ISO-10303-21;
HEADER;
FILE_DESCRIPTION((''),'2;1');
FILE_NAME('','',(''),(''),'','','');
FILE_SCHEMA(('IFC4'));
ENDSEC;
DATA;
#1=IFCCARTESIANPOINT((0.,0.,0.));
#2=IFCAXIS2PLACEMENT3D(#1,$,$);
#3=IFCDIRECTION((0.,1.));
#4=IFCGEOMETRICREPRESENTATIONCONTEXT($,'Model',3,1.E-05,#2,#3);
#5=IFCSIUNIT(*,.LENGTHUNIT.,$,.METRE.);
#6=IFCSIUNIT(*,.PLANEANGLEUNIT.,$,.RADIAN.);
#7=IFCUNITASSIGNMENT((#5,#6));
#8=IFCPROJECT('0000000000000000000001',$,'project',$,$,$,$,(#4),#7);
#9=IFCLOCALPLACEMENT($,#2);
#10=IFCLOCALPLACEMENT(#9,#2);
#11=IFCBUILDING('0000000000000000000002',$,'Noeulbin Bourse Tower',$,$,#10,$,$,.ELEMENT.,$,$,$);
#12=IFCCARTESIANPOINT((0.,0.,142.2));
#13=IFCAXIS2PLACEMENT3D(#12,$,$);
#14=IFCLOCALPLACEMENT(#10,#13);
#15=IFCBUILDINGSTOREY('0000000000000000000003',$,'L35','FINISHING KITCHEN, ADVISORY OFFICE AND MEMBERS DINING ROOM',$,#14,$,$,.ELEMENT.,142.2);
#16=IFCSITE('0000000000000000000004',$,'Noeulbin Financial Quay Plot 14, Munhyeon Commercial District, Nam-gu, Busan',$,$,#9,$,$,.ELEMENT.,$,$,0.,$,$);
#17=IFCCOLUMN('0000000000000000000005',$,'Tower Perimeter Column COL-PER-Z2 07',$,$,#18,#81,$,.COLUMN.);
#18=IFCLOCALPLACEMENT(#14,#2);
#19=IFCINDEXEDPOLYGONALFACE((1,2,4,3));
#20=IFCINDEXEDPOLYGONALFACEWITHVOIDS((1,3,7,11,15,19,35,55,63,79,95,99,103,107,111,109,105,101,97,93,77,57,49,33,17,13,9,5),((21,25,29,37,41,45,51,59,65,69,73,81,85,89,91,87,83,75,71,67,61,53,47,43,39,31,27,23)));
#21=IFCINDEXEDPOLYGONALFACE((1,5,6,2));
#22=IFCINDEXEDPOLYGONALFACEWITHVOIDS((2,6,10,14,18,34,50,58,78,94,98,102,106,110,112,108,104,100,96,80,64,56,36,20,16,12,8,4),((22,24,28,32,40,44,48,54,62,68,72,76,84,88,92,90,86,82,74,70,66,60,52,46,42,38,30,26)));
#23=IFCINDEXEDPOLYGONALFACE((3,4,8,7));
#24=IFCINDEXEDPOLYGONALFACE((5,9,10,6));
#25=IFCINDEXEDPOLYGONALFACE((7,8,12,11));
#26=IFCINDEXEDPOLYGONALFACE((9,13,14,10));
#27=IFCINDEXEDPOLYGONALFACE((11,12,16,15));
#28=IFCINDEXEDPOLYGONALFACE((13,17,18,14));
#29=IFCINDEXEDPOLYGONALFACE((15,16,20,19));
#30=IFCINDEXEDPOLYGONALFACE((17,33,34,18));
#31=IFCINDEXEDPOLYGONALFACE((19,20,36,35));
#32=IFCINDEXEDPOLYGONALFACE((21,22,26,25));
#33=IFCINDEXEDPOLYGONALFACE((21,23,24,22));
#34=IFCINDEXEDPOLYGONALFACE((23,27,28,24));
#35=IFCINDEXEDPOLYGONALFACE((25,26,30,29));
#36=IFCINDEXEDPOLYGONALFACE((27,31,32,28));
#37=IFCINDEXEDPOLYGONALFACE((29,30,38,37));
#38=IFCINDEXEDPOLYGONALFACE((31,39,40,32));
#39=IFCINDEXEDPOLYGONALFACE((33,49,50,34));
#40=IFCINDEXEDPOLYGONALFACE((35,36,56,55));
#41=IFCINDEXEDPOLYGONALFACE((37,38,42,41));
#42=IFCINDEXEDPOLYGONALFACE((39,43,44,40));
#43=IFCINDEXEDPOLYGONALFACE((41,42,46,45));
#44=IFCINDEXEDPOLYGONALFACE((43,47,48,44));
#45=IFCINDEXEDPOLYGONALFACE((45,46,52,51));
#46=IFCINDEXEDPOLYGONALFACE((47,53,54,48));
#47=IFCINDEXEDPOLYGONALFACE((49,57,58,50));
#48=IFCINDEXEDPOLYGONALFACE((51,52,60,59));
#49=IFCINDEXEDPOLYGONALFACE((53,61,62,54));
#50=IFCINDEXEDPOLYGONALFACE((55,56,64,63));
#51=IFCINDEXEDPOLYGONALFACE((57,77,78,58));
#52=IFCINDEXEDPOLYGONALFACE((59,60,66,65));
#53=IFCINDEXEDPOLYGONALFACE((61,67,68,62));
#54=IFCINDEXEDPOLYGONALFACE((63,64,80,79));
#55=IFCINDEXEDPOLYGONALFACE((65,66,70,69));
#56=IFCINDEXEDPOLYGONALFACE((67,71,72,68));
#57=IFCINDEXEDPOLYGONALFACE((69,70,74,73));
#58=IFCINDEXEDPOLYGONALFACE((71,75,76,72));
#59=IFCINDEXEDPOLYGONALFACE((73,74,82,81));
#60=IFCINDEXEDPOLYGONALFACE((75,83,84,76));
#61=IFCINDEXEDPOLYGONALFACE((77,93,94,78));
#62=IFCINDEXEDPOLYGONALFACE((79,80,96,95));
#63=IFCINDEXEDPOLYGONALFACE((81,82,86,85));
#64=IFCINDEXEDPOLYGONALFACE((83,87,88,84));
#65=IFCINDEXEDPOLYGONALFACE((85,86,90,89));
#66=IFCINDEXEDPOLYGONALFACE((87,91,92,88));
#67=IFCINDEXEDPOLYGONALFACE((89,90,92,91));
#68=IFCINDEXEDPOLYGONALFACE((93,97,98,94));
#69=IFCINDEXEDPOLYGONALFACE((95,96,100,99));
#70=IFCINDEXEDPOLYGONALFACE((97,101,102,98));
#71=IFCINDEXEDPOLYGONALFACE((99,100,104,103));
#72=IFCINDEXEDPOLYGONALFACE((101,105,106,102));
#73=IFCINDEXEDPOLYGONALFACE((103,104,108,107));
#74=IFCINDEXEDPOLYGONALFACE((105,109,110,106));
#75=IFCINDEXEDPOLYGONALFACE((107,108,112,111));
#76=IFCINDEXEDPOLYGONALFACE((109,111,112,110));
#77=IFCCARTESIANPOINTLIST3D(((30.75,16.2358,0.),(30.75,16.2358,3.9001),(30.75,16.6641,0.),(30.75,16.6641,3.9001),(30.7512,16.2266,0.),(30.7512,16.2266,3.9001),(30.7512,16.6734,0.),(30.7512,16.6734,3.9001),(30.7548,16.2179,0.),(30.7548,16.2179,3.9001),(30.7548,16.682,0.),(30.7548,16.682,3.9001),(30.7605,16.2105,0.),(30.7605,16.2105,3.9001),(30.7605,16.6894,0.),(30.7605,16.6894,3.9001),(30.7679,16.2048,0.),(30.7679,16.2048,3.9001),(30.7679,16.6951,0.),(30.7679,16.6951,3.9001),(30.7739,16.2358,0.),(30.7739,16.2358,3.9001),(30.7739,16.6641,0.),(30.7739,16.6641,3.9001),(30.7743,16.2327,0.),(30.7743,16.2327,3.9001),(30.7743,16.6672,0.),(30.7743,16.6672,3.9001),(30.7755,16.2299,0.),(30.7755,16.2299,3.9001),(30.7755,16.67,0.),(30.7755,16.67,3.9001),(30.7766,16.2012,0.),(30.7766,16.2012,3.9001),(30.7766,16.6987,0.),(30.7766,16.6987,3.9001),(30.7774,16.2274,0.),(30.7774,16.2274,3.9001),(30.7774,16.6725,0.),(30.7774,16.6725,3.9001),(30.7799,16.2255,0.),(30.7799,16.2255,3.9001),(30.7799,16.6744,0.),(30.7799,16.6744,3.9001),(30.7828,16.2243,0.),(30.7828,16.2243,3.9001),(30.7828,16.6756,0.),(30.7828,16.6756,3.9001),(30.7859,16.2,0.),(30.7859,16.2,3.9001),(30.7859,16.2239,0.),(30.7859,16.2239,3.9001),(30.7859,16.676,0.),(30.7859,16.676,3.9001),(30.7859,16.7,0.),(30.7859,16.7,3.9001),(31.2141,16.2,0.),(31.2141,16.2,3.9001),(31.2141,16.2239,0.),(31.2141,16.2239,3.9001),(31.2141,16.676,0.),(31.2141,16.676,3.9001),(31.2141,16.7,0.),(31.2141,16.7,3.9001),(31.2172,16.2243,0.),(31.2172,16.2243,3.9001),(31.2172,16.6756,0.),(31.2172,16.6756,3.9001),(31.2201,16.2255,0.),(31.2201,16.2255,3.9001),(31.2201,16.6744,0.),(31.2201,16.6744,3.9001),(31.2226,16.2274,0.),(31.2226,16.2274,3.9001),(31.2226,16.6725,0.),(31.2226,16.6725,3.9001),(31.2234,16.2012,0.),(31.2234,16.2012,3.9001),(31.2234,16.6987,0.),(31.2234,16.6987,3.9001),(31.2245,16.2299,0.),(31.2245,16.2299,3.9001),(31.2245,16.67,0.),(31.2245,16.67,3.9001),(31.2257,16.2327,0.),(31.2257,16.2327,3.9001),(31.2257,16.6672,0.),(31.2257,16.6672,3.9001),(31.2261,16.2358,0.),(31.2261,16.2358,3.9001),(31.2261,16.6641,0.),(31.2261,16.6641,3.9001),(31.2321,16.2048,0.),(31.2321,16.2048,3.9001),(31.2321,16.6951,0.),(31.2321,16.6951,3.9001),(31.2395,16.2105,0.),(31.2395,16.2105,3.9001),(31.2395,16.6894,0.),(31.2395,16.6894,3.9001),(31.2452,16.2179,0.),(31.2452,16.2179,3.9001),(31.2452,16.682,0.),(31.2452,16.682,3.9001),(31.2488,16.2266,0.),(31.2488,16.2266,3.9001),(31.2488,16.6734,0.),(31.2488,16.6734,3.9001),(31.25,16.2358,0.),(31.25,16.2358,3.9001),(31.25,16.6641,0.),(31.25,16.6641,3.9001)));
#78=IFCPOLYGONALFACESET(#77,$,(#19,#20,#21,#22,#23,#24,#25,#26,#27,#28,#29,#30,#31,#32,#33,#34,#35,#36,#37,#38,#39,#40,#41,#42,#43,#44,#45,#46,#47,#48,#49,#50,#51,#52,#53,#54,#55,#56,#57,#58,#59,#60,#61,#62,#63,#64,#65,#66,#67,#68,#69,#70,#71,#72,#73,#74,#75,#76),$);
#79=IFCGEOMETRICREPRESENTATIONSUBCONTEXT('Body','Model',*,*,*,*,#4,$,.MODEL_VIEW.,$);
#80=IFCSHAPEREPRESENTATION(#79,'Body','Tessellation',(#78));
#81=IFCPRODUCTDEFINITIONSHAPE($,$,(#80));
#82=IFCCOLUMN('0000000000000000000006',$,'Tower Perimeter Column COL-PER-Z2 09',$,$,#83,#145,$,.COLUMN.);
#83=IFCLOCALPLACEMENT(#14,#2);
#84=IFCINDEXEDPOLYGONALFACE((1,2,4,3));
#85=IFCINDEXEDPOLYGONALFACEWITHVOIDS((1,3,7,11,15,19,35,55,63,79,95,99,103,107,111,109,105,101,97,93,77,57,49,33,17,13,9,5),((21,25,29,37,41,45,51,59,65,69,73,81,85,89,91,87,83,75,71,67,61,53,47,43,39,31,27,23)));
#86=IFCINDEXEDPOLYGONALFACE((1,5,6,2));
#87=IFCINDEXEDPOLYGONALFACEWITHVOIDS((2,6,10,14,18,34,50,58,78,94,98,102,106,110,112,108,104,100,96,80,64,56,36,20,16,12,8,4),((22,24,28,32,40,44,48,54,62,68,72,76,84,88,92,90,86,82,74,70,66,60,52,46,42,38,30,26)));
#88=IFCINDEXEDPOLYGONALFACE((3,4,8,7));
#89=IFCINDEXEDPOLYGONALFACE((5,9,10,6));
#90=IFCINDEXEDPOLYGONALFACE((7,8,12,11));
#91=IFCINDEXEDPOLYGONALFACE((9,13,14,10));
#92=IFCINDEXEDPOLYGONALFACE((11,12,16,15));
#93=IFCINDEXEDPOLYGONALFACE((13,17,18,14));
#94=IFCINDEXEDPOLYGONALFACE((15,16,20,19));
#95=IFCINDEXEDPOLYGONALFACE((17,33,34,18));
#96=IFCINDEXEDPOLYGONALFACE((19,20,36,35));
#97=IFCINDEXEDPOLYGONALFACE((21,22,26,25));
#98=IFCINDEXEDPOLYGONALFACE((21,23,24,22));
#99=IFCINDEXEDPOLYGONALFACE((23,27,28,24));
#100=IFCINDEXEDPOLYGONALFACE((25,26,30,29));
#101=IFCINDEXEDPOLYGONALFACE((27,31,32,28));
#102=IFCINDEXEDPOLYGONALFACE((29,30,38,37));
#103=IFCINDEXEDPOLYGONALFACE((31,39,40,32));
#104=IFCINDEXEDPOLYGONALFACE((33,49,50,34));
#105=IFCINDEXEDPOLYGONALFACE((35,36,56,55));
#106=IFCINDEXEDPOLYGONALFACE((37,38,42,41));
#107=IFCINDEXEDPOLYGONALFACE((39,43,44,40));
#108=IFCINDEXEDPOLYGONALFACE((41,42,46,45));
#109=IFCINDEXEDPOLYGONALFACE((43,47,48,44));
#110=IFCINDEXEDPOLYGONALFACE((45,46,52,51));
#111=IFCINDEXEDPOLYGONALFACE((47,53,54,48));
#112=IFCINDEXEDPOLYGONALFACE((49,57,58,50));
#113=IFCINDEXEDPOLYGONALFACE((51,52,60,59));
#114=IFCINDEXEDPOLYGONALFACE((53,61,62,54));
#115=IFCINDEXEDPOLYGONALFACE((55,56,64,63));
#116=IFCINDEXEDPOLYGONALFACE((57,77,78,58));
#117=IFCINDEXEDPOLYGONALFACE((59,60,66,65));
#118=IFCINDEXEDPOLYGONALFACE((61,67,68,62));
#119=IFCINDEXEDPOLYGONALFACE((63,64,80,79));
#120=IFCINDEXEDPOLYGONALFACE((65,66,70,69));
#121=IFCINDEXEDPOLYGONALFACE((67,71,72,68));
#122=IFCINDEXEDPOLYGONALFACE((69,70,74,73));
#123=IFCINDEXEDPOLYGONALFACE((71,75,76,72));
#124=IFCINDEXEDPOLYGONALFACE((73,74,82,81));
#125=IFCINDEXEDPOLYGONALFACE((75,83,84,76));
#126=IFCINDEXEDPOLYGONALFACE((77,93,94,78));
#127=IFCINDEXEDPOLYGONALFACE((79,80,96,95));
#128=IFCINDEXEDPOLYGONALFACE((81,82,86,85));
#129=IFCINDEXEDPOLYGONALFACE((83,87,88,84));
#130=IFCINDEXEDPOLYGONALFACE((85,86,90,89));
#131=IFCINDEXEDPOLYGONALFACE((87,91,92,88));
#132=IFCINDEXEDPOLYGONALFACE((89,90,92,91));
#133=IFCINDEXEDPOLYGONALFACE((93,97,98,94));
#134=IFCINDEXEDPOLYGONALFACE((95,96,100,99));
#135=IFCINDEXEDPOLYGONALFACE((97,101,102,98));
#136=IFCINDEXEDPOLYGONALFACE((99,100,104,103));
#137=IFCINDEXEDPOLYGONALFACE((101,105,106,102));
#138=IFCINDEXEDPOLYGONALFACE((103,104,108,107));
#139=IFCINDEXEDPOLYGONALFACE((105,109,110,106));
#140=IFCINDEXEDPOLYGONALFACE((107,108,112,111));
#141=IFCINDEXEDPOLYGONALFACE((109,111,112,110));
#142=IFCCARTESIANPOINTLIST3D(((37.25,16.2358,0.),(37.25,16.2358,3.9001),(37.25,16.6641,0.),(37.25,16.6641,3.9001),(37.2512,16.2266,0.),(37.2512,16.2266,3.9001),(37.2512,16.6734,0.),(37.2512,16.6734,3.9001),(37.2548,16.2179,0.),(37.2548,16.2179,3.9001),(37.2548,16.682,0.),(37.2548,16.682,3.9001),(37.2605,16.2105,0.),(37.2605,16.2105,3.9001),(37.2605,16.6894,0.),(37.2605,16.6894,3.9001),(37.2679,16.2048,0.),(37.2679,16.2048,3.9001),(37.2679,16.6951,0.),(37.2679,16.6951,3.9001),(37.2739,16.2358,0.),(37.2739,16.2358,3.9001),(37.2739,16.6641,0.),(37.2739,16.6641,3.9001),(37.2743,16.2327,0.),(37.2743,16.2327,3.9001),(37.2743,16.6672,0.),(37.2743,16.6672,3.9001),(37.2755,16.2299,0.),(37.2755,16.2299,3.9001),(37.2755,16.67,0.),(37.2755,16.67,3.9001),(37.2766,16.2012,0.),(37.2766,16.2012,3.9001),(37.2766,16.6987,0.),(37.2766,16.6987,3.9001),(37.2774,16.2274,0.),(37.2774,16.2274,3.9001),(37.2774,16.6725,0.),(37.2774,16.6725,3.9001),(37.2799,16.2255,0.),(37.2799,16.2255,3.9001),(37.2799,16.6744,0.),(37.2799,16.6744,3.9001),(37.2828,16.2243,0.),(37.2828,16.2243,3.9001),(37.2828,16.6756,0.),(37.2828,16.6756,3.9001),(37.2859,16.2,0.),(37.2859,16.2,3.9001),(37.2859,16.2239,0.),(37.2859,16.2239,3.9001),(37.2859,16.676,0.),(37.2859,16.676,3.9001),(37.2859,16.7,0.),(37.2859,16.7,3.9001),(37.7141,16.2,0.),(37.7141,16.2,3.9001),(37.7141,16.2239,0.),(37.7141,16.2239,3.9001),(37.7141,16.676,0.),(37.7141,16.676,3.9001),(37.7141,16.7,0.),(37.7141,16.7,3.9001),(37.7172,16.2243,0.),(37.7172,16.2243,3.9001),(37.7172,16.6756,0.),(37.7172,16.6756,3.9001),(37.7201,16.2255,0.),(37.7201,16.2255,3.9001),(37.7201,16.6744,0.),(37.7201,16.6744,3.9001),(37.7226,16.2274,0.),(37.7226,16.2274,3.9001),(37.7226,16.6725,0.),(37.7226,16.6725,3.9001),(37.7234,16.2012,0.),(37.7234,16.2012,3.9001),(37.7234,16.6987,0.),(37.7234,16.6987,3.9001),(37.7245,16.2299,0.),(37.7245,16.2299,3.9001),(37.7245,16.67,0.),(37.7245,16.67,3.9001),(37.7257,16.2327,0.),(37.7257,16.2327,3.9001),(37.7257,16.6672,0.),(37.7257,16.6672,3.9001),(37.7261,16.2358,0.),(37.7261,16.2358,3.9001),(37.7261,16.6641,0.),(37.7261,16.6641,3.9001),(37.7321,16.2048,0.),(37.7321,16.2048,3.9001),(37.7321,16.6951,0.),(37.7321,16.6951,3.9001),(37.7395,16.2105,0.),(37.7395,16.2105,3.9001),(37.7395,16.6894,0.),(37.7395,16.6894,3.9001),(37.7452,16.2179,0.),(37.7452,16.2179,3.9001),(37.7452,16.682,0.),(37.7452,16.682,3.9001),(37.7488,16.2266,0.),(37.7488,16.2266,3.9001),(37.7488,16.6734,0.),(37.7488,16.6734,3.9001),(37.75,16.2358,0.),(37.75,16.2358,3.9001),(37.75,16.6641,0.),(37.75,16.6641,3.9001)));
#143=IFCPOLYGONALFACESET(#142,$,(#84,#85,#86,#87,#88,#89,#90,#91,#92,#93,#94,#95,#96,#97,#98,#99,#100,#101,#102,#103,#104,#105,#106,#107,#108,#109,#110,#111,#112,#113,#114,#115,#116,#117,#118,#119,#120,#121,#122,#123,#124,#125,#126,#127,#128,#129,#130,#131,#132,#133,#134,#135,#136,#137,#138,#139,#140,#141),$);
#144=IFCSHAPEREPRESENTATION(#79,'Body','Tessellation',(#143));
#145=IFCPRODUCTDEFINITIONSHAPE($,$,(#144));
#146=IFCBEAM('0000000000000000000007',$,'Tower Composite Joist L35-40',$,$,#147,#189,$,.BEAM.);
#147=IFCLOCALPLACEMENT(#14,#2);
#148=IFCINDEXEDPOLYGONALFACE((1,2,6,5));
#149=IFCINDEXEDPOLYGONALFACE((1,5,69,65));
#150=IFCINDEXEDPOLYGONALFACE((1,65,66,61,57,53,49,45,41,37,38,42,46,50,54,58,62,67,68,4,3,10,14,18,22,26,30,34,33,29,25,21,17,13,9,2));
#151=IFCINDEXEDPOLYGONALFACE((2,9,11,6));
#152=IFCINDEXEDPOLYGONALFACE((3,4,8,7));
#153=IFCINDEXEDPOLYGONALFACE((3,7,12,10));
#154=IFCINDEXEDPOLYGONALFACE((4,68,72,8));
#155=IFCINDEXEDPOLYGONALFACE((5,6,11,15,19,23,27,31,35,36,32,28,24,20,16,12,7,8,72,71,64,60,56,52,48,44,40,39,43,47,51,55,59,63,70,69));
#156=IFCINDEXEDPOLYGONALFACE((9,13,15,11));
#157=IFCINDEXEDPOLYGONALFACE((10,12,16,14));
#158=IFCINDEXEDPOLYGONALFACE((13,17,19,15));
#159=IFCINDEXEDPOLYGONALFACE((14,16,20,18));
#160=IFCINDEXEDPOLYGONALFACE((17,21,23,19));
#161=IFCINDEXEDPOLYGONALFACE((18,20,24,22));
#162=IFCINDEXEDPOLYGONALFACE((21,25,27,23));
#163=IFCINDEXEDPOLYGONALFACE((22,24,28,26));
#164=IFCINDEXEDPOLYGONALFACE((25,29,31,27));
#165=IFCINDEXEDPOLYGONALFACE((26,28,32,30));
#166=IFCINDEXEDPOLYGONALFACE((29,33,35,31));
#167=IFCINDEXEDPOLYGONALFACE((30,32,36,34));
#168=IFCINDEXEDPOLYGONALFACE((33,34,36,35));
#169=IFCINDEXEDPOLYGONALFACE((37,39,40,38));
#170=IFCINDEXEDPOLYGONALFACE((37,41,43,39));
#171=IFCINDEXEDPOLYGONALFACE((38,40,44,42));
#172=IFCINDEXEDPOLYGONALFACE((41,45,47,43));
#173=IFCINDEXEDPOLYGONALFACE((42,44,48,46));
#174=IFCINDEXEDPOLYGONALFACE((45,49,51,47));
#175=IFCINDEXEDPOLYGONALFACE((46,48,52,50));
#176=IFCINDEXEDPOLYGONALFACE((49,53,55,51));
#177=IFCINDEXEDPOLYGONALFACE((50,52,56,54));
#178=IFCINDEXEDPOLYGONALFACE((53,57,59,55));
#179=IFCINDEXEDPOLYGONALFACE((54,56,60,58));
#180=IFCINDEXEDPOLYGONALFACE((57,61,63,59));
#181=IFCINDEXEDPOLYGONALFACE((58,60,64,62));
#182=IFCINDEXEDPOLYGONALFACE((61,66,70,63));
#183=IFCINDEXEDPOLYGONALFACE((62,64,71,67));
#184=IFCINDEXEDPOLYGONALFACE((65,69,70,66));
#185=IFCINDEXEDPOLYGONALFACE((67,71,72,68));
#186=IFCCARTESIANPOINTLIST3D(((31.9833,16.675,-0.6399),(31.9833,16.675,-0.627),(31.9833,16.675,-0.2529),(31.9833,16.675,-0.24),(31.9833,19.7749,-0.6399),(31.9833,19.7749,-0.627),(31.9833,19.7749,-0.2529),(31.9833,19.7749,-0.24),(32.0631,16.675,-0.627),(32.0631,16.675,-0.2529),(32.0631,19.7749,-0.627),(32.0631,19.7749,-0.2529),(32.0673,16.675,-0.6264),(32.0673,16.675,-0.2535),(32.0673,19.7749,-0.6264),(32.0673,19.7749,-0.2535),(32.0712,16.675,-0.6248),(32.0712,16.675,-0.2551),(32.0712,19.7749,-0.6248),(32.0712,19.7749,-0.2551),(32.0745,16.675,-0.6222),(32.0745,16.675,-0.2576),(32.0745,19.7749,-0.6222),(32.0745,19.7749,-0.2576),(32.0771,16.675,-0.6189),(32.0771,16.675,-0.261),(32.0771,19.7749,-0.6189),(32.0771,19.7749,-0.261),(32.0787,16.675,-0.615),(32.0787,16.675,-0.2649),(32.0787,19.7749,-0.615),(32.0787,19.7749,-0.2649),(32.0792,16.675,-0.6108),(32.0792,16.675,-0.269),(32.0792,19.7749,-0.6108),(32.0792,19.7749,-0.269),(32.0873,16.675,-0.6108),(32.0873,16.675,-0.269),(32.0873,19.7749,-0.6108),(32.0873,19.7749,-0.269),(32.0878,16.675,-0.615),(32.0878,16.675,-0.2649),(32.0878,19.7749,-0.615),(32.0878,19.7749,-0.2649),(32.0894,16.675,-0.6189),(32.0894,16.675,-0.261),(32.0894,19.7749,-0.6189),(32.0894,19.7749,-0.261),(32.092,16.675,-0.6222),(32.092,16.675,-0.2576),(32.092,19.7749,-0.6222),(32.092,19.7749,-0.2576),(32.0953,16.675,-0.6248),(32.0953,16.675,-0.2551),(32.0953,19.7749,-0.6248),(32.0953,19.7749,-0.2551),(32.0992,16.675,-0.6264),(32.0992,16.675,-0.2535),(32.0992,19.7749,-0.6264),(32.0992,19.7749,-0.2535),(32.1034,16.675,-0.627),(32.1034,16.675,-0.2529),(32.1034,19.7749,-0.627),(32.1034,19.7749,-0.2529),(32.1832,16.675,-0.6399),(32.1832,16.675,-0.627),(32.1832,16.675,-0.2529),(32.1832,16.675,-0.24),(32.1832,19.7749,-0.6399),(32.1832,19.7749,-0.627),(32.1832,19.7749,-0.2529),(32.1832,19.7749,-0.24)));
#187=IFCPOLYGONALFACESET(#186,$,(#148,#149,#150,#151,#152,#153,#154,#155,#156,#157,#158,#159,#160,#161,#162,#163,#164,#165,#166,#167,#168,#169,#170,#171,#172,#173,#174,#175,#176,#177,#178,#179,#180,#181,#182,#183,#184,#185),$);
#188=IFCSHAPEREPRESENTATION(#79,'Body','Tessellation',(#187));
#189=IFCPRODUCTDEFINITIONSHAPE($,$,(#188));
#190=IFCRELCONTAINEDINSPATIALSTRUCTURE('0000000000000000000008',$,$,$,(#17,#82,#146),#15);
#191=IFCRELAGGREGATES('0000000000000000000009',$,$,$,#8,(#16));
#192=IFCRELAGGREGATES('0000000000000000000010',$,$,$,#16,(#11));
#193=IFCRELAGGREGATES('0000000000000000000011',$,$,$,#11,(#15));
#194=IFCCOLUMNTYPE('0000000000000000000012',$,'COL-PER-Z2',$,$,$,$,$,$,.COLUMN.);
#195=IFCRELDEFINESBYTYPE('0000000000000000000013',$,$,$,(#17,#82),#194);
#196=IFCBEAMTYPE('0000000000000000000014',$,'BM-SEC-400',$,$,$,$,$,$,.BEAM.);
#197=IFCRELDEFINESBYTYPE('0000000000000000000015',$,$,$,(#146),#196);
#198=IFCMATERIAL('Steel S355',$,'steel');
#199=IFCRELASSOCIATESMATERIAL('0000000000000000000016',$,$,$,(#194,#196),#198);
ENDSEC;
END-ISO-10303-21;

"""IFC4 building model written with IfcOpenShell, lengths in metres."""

from ifc_helpers import new_model, si_unit, direction, frame, origin, origin_2d, place, context, subcontext, project, spatial, hollow_rectangle, i_section, extrude, material, material_profile, profile_set, type_object, element, save


model = new_model("IFC4")

# Units and contexts
model_context = context("Model", 3, precision=1e-05, world=origin(), true_north=direction((0.0, 1.0)))
body_context = subcontext(model_context, "Body", "Model", "MODEL_VIEW")
ifc_project = project(units=[si_unit("LENGTHUNIT", "METRE"), si_unit("PLANEANGLEUNIT", "RADIAN")], contexts=[model_context])

# Site, building, storey
site_placement = place(None, origin())
site = spatial("IfcSite", under=ifc_project, at=site_placement, Name="Noeulbin Financial Quay Plot 14, Munhyeon Commercial District, Nam-gu, Busan", CompositionType="ELEMENT", RefElevation=0.0)
building_placement = place(site_placement, origin())
building = spatial("IfcBuilding", under=site, at=building_placement, Name="Noeulbin Bourse Tower", CompositionType="ELEMENT")
storey_placement = place(building_placement, frame((0.0, 0.0, 142.2)))
storey = spatial("IfcBuildingStorey", under=building, at=storey_placement, Name="L35", Description="FINISHING KITCHEN, ADVISORY OFFICE AND MEMBERS DINING ROOM", CompositionType="ELEMENT", Elevation=142.2)

# Columns
ifc_material_1 = material(Name="Steel S355", Category="steel")
ifc_material_profile_1 = material_profile(ifc_material_1, hollow_rectangle(XDim=0.5, YDim=0.5, WallThickness=0.0239, InnerFilletRadius=0.012, OuterFilletRadius=0.0359, at=origin_2d()), Name="BOX-500x500x24", Category="LoadBearing")
ifc_profile_set_1 = profile_set([ifc_material_profile_1], Name="Steel S355")
column_type = type_object("IfcColumnType", Name="COL-PER-Z2", PredefinedType="COLUMN", material=ifc_profile_set_1)
for number, where, z_axis, x_axis, name in (
    (1, (31.0, 16.45, 0.0), (0.0, 0.0, 1.0), (1.0, 0.0, 0.0), "Tower Perimeter Column COL-PER-Z2 07"),
    (2, (37.5, 16.45, 0.0), (0.0, 0.0, 1.0), (1.0, 0.0, 0.0), "Tower Perimeter Column COL-PER-Z2 09"),
):
    element("IfcColumn", number, at=place(storey_placement, frame(where, z_axis=z_axis, x_axis=x_axis)), inside=storey, type_object=column_type, Name=name, PredefinedType="COLUMN", context=body_context, shape_type="SweptSolid", body=[
        extrude(hollow_rectangle(XDim=0.5, YDim=0.5, WallThickness=0.0239, InnerFilletRadius=0.012, OuterFilletRadius=0.0359, at=origin_2d()), origin(), (0.0, 0.0, 1.0), 3.9001),
    ])

# Beam
ifc_material_profile_2 = material_profile(ifc_material_1, i_section(OverallWidth=0.2, OverallDepth=0.3999, WebThickness=0.0081, FlangeThickness=0.0129, FilletRadius=0.0161, at=origin_2d()), Name="H-400x200x8x13", Category="LoadBearing")
ifc_profile_set_2 = profile_set([ifc_material_profile_2], Name="Steel S355")
beam_type_1 = type_object("IfcBeamType", Name="BM-SEC-400", PredefinedType="BEAM", material=ifc_profile_set_2)
for number, where, z_axis, x_axis, name in (
    (3, (32.0833, 16.675, -0.4399), (0.0, 1.0, 0.0), (-1.0, 0.0, 0.0), "Tower Composite Joist L35-40"),
):
    element("IfcBeam", number, at=place(storey_placement, frame(where, z_axis=z_axis, x_axis=x_axis)), inside=storey, type_object=beam_type_1, Name=name, PredefinedType="BEAM", context=body_context, shape_type="SweptSolid", body=[
        extrude(i_section(OverallWidth=0.2, OverallDepth=0.3999, WebThickness=0.0081, FlangeThickness=0.0129, FilletRadius=0.0161, at=origin_2d()), origin(), (0.0, 0.0, 1.0), 3.0999),
    ])

save(model, "model.ifc")
